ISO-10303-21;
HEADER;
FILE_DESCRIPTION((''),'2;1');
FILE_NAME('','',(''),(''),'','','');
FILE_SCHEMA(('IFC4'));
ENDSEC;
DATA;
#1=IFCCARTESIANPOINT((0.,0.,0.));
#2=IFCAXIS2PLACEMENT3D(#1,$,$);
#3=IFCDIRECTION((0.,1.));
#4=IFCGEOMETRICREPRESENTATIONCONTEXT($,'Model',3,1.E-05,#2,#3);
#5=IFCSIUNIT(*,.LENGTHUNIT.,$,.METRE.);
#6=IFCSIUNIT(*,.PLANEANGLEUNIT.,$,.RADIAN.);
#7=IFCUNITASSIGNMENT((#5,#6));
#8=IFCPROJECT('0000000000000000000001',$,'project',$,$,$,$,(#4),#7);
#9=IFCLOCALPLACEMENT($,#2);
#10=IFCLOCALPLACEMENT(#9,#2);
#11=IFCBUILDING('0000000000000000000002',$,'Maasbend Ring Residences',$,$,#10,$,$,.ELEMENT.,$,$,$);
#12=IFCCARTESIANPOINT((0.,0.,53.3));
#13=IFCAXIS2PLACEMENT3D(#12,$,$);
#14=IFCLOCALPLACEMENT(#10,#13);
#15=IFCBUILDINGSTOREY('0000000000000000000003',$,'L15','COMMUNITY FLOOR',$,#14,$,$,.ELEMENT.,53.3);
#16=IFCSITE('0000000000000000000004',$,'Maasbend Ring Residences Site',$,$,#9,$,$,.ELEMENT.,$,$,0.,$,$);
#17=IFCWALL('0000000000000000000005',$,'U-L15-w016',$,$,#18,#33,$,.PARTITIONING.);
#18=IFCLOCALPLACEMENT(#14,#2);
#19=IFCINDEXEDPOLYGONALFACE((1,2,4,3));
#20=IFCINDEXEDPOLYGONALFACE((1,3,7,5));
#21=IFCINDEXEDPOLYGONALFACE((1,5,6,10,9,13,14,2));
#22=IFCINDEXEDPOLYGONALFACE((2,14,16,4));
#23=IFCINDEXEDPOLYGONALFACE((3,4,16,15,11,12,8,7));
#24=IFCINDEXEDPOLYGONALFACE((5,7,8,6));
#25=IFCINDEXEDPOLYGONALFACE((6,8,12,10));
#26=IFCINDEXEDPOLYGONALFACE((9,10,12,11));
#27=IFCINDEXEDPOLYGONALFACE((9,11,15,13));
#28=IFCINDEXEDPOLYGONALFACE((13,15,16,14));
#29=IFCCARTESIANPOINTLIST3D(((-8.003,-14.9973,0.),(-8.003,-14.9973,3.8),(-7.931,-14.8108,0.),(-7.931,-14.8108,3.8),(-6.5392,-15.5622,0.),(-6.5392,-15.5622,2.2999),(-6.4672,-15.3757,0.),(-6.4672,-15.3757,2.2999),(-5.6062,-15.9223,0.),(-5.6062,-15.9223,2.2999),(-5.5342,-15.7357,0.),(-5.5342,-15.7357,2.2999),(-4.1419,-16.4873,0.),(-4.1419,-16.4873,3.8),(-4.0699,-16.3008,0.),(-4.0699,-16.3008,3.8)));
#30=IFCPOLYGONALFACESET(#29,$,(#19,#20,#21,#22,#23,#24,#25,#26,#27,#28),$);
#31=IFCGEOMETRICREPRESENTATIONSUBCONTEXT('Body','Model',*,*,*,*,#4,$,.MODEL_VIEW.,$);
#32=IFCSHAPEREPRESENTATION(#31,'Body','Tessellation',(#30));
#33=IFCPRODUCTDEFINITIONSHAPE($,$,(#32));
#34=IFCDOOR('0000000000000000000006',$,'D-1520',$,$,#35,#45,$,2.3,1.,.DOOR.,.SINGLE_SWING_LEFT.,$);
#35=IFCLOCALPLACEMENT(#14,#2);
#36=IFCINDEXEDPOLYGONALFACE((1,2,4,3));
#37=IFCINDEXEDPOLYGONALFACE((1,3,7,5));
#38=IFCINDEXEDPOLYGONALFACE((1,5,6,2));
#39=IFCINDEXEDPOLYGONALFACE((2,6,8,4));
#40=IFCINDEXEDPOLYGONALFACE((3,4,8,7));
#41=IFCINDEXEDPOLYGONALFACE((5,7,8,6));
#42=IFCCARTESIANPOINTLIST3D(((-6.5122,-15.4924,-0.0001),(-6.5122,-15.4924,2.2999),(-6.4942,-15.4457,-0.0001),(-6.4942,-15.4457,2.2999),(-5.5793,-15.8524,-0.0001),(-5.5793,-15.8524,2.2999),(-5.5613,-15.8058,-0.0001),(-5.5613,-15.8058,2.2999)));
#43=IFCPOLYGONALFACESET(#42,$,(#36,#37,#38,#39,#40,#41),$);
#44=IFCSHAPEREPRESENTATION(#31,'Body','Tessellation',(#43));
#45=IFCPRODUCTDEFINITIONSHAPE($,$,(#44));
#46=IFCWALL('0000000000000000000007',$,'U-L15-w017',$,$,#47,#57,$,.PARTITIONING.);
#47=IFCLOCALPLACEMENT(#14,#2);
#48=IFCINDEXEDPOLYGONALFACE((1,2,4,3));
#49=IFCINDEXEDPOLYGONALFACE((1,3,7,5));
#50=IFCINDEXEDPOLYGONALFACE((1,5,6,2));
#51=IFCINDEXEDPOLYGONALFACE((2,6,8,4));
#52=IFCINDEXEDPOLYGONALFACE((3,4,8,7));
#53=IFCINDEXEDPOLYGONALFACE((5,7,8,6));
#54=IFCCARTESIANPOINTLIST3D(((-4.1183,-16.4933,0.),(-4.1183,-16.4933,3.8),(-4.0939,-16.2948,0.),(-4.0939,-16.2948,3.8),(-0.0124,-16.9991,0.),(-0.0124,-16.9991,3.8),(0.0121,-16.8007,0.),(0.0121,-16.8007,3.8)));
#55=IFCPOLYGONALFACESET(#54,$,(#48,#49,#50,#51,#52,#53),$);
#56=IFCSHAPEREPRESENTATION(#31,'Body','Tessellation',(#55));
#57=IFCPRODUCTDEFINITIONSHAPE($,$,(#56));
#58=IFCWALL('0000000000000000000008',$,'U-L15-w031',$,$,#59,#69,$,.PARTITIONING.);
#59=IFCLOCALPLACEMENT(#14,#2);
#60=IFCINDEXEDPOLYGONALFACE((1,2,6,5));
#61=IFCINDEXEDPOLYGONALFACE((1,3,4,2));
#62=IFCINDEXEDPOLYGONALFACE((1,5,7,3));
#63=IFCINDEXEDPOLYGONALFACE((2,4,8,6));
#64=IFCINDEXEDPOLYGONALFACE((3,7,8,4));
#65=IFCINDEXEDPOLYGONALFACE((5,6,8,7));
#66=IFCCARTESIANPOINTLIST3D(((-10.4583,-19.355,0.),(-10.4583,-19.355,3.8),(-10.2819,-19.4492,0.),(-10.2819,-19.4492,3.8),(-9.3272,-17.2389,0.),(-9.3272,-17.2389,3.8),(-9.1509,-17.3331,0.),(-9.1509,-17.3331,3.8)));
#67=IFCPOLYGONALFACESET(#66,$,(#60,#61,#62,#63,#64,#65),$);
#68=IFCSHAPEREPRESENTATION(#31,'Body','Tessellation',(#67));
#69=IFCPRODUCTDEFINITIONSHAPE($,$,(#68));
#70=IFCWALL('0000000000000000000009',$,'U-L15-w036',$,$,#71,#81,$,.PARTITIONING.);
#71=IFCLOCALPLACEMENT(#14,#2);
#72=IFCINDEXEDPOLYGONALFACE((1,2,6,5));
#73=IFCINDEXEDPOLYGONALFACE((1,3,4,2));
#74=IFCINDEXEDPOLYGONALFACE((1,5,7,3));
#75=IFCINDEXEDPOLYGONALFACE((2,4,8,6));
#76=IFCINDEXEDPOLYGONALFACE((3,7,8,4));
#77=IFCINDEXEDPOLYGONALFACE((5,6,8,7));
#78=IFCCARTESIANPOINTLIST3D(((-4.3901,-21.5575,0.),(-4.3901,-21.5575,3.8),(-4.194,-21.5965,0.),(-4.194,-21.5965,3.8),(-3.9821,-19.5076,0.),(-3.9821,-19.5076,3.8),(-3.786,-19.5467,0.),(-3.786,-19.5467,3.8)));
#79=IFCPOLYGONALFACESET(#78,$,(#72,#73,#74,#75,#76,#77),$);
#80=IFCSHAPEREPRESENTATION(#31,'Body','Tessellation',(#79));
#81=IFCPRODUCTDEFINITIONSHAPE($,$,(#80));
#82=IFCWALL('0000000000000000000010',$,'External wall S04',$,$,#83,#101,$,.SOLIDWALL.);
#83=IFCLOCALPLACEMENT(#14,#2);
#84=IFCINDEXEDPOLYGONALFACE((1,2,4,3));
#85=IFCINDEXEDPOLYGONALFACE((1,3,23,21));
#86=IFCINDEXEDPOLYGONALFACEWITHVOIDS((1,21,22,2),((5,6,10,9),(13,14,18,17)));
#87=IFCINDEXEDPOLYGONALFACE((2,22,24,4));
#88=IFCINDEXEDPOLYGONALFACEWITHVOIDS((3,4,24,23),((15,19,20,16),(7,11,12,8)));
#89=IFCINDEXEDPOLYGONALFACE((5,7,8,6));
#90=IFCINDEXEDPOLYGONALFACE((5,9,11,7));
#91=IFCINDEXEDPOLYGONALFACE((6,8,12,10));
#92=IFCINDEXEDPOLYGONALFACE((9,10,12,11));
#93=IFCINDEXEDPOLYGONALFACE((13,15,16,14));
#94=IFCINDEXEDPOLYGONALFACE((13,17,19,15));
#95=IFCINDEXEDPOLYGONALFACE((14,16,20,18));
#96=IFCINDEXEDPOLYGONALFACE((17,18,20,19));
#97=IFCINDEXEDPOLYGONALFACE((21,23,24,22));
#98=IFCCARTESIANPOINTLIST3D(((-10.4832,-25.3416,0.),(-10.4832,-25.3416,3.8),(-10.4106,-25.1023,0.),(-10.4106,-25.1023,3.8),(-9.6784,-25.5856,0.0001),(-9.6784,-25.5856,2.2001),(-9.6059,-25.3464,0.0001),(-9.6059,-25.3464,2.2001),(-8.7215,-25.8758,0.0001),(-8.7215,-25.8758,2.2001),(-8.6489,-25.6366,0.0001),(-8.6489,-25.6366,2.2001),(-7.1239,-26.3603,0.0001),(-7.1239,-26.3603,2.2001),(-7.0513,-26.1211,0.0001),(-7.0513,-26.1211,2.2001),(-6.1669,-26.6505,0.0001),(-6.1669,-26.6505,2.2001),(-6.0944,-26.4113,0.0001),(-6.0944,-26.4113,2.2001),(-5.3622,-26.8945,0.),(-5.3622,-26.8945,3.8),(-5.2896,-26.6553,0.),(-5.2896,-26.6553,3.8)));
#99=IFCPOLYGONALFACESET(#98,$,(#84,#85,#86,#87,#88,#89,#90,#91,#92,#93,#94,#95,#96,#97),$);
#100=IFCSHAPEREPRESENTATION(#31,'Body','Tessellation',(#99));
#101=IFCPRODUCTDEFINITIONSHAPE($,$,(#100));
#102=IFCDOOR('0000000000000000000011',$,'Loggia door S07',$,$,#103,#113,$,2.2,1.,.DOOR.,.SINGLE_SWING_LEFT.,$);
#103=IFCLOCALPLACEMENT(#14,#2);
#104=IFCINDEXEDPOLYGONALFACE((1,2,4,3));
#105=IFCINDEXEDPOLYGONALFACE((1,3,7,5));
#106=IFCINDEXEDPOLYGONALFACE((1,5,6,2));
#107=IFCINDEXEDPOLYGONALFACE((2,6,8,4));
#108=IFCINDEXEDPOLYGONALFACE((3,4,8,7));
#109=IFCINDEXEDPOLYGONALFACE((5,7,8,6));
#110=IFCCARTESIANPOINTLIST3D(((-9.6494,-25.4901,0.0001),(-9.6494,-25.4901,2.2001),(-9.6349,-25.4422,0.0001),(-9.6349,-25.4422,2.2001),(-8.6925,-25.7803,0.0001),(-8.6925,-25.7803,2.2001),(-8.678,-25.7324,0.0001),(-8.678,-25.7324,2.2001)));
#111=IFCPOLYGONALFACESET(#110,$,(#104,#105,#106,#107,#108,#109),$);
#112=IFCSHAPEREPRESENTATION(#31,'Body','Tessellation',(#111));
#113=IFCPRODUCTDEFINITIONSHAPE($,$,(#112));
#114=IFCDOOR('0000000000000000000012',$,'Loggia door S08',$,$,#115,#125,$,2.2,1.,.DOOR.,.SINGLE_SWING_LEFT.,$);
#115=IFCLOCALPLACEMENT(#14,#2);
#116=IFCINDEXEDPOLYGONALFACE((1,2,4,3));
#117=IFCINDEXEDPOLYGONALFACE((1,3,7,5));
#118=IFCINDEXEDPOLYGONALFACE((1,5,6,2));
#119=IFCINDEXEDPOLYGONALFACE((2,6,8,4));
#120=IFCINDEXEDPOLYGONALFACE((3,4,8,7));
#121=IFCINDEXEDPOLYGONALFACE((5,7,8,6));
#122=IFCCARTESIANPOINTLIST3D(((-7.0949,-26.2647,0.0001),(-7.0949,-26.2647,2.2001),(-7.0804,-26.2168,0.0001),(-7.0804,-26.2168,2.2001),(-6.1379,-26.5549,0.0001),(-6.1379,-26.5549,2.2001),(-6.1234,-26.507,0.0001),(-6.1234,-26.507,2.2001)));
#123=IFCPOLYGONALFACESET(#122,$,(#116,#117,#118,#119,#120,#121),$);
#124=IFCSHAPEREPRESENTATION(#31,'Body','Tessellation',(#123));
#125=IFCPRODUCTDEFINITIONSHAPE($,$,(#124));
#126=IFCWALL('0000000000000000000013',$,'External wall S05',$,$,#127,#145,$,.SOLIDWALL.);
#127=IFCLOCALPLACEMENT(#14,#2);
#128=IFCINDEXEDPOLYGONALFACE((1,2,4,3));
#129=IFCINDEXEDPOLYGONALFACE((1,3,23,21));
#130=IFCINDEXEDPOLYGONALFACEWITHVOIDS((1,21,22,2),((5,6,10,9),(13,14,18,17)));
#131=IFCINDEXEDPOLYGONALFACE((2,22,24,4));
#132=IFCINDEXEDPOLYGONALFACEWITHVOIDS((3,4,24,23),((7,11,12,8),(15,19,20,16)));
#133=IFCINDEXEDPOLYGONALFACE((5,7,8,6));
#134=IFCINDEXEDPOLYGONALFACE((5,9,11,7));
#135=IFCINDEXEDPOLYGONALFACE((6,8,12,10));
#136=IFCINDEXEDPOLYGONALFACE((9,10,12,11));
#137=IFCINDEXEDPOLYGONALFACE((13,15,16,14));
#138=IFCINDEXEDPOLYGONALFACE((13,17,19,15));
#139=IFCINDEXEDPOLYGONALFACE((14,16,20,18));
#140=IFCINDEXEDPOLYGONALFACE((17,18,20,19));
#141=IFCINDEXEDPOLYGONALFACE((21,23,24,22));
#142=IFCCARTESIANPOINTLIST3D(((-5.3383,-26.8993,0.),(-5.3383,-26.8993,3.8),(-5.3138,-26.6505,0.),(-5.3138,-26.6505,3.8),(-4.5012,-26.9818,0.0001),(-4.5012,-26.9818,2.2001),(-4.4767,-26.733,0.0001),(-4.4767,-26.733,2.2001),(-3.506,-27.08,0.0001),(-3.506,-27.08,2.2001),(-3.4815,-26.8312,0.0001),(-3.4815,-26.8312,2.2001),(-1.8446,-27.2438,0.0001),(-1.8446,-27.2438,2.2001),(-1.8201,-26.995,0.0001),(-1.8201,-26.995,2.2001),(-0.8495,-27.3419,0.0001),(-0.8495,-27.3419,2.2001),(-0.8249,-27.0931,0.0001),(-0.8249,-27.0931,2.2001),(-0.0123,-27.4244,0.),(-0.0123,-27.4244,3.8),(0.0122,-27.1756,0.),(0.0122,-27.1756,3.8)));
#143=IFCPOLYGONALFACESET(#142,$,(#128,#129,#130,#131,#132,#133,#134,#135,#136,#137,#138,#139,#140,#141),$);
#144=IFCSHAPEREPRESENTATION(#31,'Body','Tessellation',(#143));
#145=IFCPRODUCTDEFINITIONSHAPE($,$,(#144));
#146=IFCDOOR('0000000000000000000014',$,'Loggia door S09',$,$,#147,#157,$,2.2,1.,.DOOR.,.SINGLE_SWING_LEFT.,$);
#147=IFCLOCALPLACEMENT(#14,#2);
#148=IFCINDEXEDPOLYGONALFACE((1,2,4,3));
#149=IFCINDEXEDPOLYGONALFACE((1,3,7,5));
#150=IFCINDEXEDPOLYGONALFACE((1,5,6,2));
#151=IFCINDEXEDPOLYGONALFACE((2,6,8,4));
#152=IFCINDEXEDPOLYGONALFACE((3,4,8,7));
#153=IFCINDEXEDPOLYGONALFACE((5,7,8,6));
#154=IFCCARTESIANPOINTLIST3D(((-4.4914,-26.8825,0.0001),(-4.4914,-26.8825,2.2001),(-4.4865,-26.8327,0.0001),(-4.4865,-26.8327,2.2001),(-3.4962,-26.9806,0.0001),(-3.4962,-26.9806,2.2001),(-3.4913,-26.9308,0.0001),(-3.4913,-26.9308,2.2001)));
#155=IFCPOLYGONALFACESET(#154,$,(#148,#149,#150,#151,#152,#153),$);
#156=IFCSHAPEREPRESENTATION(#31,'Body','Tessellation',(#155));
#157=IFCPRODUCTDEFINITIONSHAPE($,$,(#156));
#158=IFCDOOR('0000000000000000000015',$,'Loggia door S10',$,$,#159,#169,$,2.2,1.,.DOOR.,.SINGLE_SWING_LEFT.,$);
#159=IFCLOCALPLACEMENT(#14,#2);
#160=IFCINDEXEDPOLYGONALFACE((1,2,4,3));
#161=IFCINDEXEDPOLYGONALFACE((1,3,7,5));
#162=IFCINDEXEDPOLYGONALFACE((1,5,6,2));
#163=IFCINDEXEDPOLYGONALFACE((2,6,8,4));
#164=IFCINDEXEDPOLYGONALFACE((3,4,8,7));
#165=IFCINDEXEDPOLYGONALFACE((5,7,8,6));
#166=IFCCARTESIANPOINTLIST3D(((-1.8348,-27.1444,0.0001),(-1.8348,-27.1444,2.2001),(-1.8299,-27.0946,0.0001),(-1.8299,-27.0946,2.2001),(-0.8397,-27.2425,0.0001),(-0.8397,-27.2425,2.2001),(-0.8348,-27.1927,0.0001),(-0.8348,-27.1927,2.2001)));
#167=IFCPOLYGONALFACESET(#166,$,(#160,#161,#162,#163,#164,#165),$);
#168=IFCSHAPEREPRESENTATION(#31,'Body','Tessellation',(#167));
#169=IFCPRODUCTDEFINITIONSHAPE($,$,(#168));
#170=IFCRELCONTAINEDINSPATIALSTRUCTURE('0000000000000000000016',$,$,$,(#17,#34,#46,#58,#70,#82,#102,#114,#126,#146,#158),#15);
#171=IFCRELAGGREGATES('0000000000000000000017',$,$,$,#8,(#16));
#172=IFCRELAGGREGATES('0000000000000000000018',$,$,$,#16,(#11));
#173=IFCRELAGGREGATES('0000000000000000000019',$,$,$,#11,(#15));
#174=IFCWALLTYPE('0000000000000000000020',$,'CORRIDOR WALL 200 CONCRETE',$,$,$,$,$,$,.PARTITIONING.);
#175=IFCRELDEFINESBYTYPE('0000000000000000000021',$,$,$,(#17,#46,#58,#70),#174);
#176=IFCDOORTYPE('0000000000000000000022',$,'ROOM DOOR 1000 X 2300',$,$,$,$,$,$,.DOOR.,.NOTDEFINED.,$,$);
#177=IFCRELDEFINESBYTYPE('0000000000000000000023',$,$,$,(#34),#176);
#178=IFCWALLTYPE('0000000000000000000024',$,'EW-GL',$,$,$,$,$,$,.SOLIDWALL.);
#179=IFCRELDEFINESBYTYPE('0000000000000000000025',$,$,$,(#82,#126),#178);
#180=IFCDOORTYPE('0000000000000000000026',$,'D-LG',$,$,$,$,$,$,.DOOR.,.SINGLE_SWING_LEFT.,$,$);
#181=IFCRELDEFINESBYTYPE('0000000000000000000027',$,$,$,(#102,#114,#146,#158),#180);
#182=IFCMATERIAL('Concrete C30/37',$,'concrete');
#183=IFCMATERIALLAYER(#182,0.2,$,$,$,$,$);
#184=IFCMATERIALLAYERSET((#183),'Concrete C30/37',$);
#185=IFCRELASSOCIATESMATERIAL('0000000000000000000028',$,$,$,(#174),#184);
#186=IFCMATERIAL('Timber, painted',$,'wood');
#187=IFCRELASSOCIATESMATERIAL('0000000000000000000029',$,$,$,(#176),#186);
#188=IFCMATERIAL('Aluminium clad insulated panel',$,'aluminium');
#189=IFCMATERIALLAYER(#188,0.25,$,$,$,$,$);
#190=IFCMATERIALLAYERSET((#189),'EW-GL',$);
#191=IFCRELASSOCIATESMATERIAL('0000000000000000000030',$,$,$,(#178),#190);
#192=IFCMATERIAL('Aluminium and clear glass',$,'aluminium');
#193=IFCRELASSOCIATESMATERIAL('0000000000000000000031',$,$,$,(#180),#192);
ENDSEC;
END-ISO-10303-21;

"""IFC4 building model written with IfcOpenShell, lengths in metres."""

from ifc_helpers import new_model, si_unit, direction, frame, frame_2d, origin, place, context, subcontext, project, spatial, rectangle, extrude, material, layer, layer_set, type_object, element, fill, save


model = new_model("IFC4")

# Units and contexts
model_context = context("Model", 3, precision=1e-05, world=origin(), true_north=direction((0.0, 1.0)))
body_context = subcontext(model_context, "Body", "Model", "MODEL_VIEW")
ifc_project = project(units=[si_unit("LENGTHUNIT", "METRE"), si_unit("PLANEANGLEUNIT", "RADIAN")], contexts=[model_context])

# Site, building, storey
site_placement = place(None, origin())
site = spatial("IfcSite", under=ifc_project, at=site_placement, Name="Maasbend Ring Residences Site", CompositionType="ELEMENT", RefElevation=0.0)
building_placement = place(site_placement, origin())
building = spatial("IfcBuilding", under=site, at=building_placement, Name="Maasbend Ring Residences", CompositionType="ELEMENT")
storey_placement = place(building_placement, frame((0.0, 0.0, 53.3)))
storey = spatial("IfcBuildingStorey", under=building, at=storey_placement, Name="L15", Description="COMMUNITY FLOOR", CompositionType="ELEMENT", Elevation=53.3)

# Shared definitions
ifc_material_1 = material(Name="Concrete C30/37", Category="concrete")
ifc_layer_1 = layer(ifc_material_1, 0.2)
ifc_layer_set_1 = layer_set([ifc_layer_1], Name="Concrete C30/37")
wall_type_1 = type_object("IfcWallType", Name="CORRIDOR WALL 200 CONCRETE", PredefinedType="PARTITIONING", material=ifc_layer_set_1)

# Wall, opening, door
wall_1_placement = place(storey_placement, frame((-7.967, -14.9041, 0.0), z_axis=(0.0, 0.0, 1.0), x_axis=(0.932944, -0.360022, 0.0)))
wall_1 = element("IfcWall", 1, at=wall_1_placement, inside=storey, type_object=wall_type_1, Name="U-L15-w016", PredefinedType="PARTITIONING", context=body_context, shape_type="SweptSolid", body=[
    extrude(rectangle(XDim=4.1387, YDim=0.2, at=frame_2d((2.0693, 0.0))), origin(), (0.0, 0.0, 1.0), 3.8),
])
opening_1_placement = place(wall_1_placement, frame((1.5691, 0.0, 0.0)))
opening_1 = element("IfcOpeningElement", 2, at=opening_1_placement, cuts=wall_1, PredefinedType="OPENING", context=body_context, shape_type="SweptSolid", body=[
    extrude(rectangle(XDim=1.0, YDim=2.3, at=frame_2d((0.5, 1.1499))), frame((0.0, 0.1099, 0.0), z_axis=(0.0, -1.0, 0.0), x_axis=(1.0, 0.0, 0.0)), (0.0, 0.0, 1.0), 0.22),
])
ifc_material_2 = material(Name="Timber, painted", Category="wood")
door_type_1 = type_object("IfcDoorType", Name="ROOM DOOR 1000 X 2300", OperationType="NOTDEFINED", PredefinedType="DOOR", material=ifc_material_2)
door_1_placement = place(opening_1_placement, origin())
door_1 = element("IfcDoor", 3, at=door_1_placement, inside=storey, type_object=door_type_1, Name="D-1520", OperationType="SINGLE_SWING_LEFT", OverallHeight=2.3, OverallWidth=1.0, PredefinedType="DOOR", context=body_context, shape_type="SweptSolid", body=[
    extrude(rectangle(XDim=1.0, YDim=2.3, at=frame_2d((0.5, 1.1499))), frame((0.0, 0.0249, 0.0), z_axis=(0.0, -1.0, 0.0), x_axis=(1.0, 0.0, 0.0)), (0.0, 0.0, 1.0), 0.05),
])
fill(opening_1, door_1)

# Walls
wall_2_placement = place(storey_placement, frame((-4.106, -16.394, 0.0), z_axis=(0.0, 0.0, 1.0), x_axis=(0.992496, -0.122277, 0.0)))
element("IfcWall", 4, at=wall_2_placement, inside=storey, type_object=wall_type_1, Name="U-L15-w017", PredefinedType="PARTITIONING", context=body_context, shape_type="SweptSolid", body=[
    extrude(rectangle(XDim=4.137, YDim=0.2, at=frame_2d((2.0684, 0.0))), origin(), (0.0, 0.0, 1.0), 3.8),
])
wall_3_placement = place(storey_placement, frame((-10.3701, -19.4021, 0.0), z_axis=(0.0, 0.0, 1.0), x_axis=(0.471385, 0.881927, 0.0)))
element("IfcWall", 5, at=wall_3_placement, inside=storey, type_object=wall_type_1, Name="U-L15-w031", PredefinedType="PARTITIONING", context=body_context, shape_type="SweptSolid", body=[
    extrude(rectangle(XDim=2.3994, YDim=0.2, at=frame_2d((1.1997, 0.0))), origin(), (0.0, 0.0, 1.0), 3.8),
])
wall_4_placement = place(storey_placement, frame((-4.292, -21.5769, 0.0), z_axis=(0.0, 0.0, 1.0), x_axis=(0.195195, 0.980764, 0.0)))
element("IfcWall", 6, at=wall_4_placement, inside=storey, type_object=wall_type_1, Name="U-L15-w036", PredefinedType="PARTITIONING", context=body_context, shape_type="SweptSolid", body=[
    extrude(rectangle(XDim=2.0901, YDim=0.2, at=frame_2d((1.0449, 0.0))), origin(), (0.0, 0.0, 1.0), 3.8),
])

# Walls, openings, doors
ifc_material_3 = material(Name="Aluminium clad insulated panel", Category="aluminium")
ifc_layer_2 = layer(ifc_material_3, 0.25)
ifc_layer_set_2 = layer_set([ifc_layer_2], Name="EW-GL")
wall_type_2 = type_object("IfcWallType", Name="EW-GL", PredefinedType="SOLIDWALL", material=ifc_layer_set_2)
wall_5_placement = place(storey_placement, frame((-10.447, -25.2219, 0.0), z_axis=(0.0, 0.0, 1.0), x_axis=(0.956966, -0.290201, 0.0)))
wall_5 = element("IfcWall", 7, at=wall_5_placement, inside=storey, type_object=wall_type_2, Name="External wall S04", PredefinedType="SOLIDWALL", context=body_context, shape_type="SweptSolid", body=[
    extrude(rectangle(XDim=5.3513, YDim=0.25, at=frame_2d((2.6758, 0.0))), origin(), (0.0, 0.0, 1.0), 3.8),
])
opening_2_placement = place(wall_5_placement, frame((0.8411, 0.0, 0.0)))
opening_2 = element("IfcOpeningElement", 8, at=opening_2_placement, cuts=wall_5, PredefinedType="OPENING", context=body_context, shape_type="SweptSolid", body=[
    extrude(rectangle(XDim=1.0, YDim=2.2, at=frame_2d((0.5, 1.1001))), frame((0.0, 0.135, 0.0), z_axis=(0.0, -1.0, 0.0), x_axis=(1.0, 0.0, 0.0)), (0.0, 0.0, 1.0), 0.27),
])
opening_3_placement = place(wall_5_placement, frame((3.5105, 0.0, 0.0)))
opening_3 = element("IfcOpeningElement", 9, at=opening_3_placement, cuts=wall_5, PredefinedType="OPENING", context=body_context, shape_type="SweptSolid", body=[
    extrude(rectangle(XDim=1.0, YDim=2.2, at=frame_2d((0.5, 1.1001))), frame((0.0, 0.135, 0.0), z_axis=(0.0, -1.0, 0.0), x_axis=(1.0, 0.0, 0.0)), (0.0, 0.0, 1.0), 0.27),
])
ifc_material_4 = material(Name="Aluminium and clear glass", Category="aluminium")
door_type_2 = type_object("IfcDoorType", Name="D-LG", OperationType="SINGLE_SWING_LEFT", PredefinedType="DOOR", material=ifc_material_4)
door_2_placement = place(opening_2_placement, origin())
door_2 = element("IfcDoor", 10, at=door_2_placement, inside=storey, type_object=door_type_2, Name="Loggia door S07", OperationType="SINGLE_SWING_LEFT", OverallHeight=2.2, OverallWidth=1.0, PredefinedType="DOOR", context=body_context, shape_type="SweptSolid", body=[
    extrude(rectangle(XDim=1.0, YDim=2.2, at=frame_2d((0.5, 1.1001))), frame((0.0, 0.0249, 0.0), z_axis=(0.0, -1.0, 0.0), x_axis=(1.0, 0.0, 0.0)), (0.0, 0.0, 1.0), 0.05),
])
fill(opening_2, door_2)
door_3_placement = place(opening_3_placement, origin())
door_3 = element("IfcDoor", 11, at=door_3_placement, inside=storey, type_object=door_type_2, Name="Loggia door S08", OperationType="SINGLE_SWING_LEFT", OverallHeight=2.2, OverallWidth=1.0, PredefinedType="DOOR", context=body_context, shape_type="SweptSolid", body=[
    extrude(rectangle(XDim=1.0, YDim=2.2, at=frame_2d((0.5, 1.1001))), frame((0.0, 0.0249, 0.0), z_axis=(0.0, -1.0, 0.0), x_axis=(1.0, 0.0, 0.0)), (0.0, 0.0, 1.0), 0.05),
])
fill(opening_3, door_3)
wall_6_placement = place(storey_placement, frame((-5.3259, -26.7749, 0.0), z_axis=(0.0, 0.0, 1.0), x_axis=(0.995174, -0.098126, 0.0)))
wall_6 = element("IfcWall", 12, at=wall_6_placement, inside=storey, type_object=wall_type_2, Name="External wall S05", PredefinedType="SOLIDWALL", context=body_context, shape_type="SweptSolid", body=[
    extrude(rectangle(XDim=5.3518, YDim=0.25, at=frame_2d((2.6758, 0.0))), origin(), (0.0, 0.0, 1.0), 3.8),
])
opening_4_placement = place(wall_6_placement, frame((0.8411, 0.0, 0.0)))
opening_4 = element("IfcOpeningElement", 13, at=opening_4_placement, cuts=wall_6, PredefinedType="OPENING", context=body_context, shape_type="SweptSolid", body=[
    extrude(rectangle(XDim=1.0, YDim=2.2, at=frame_2d((0.5, 1.1001))), frame((0.0, 0.135, 0.0), z_axis=(0.0, -1.0, 0.0), x_axis=(1.0, 0.0, 0.0)), (0.0, 0.0, 1.0), 0.27),
])
opening_5_placement = place(wall_6_placement, frame((3.5105, 0.0, 0.0)))
opening_5 = element("IfcOpeningElement", 14, at=opening_5_placement, cuts=wall_6, PredefinedType="OPENING", context=body_context, shape_type="SweptSolid", body=[
    extrude(rectangle(XDim=1.0, YDim=2.2, at=frame_2d((0.5, 1.1001))), frame((0.0, 0.135, 0.0), z_axis=(0.0, -1.0, 0.0), x_axis=(1.0, 0.0, 0.0)), (0.0, 0.0, 1.0), 0.27),
])
door_4_placement = place(opening_4_placement, origin())
door_4 = element("IfcDoor", 15, at=door_4_placement, inside=storey, type_object=door_type_2, Name="Loggia door S09", OperationType="SINGLE_SWING_LEFT", OverallHeight=2.2, OverallWidth=1.0, PredefinedType="DOOR", context=body_context, shape_type="SweptSolid", body=[
    extrude(rectangle(XDim=1.0, YDim=2.2, at=frame_2d((0.5, 1.1001))), frame((0.0, 0.0249, 0.0), z_axis=(0.0, -1.0, 0.0), x_axis=(1.0, 0.0, 0.0)), (0.0, 0.0, 1.0), 0.05),
])
fill(opening_4, door_4)
door_5_placement = place(opening_5_placement, origin())
door_5 = element("IfcDoor", 16, at=door_5_placement, inside=storey, type_object=door_type_2, Name="Loggia door S10", OperationType="SINGLE_SWING_LEFT", OverallHeight=2.2, OverallWidth=1.0, PredefinedType="DOOR", context=body_context, shape_type="SweptSolid", body=[
    extrude(rectangle(XDim=1.0, YDim=2.2, at=frame_2d((0.5, 1.1001))), frame((0.0, 0.0249, 0.0), z_axis=(0.0, -1.0, 0.0), x_axis=(1.0, 0.0, 0.0)), (0.0, 0.0, 1.0), 0.05),
])
fill(opening_5, door_5)

save(model, "model.ifc")
